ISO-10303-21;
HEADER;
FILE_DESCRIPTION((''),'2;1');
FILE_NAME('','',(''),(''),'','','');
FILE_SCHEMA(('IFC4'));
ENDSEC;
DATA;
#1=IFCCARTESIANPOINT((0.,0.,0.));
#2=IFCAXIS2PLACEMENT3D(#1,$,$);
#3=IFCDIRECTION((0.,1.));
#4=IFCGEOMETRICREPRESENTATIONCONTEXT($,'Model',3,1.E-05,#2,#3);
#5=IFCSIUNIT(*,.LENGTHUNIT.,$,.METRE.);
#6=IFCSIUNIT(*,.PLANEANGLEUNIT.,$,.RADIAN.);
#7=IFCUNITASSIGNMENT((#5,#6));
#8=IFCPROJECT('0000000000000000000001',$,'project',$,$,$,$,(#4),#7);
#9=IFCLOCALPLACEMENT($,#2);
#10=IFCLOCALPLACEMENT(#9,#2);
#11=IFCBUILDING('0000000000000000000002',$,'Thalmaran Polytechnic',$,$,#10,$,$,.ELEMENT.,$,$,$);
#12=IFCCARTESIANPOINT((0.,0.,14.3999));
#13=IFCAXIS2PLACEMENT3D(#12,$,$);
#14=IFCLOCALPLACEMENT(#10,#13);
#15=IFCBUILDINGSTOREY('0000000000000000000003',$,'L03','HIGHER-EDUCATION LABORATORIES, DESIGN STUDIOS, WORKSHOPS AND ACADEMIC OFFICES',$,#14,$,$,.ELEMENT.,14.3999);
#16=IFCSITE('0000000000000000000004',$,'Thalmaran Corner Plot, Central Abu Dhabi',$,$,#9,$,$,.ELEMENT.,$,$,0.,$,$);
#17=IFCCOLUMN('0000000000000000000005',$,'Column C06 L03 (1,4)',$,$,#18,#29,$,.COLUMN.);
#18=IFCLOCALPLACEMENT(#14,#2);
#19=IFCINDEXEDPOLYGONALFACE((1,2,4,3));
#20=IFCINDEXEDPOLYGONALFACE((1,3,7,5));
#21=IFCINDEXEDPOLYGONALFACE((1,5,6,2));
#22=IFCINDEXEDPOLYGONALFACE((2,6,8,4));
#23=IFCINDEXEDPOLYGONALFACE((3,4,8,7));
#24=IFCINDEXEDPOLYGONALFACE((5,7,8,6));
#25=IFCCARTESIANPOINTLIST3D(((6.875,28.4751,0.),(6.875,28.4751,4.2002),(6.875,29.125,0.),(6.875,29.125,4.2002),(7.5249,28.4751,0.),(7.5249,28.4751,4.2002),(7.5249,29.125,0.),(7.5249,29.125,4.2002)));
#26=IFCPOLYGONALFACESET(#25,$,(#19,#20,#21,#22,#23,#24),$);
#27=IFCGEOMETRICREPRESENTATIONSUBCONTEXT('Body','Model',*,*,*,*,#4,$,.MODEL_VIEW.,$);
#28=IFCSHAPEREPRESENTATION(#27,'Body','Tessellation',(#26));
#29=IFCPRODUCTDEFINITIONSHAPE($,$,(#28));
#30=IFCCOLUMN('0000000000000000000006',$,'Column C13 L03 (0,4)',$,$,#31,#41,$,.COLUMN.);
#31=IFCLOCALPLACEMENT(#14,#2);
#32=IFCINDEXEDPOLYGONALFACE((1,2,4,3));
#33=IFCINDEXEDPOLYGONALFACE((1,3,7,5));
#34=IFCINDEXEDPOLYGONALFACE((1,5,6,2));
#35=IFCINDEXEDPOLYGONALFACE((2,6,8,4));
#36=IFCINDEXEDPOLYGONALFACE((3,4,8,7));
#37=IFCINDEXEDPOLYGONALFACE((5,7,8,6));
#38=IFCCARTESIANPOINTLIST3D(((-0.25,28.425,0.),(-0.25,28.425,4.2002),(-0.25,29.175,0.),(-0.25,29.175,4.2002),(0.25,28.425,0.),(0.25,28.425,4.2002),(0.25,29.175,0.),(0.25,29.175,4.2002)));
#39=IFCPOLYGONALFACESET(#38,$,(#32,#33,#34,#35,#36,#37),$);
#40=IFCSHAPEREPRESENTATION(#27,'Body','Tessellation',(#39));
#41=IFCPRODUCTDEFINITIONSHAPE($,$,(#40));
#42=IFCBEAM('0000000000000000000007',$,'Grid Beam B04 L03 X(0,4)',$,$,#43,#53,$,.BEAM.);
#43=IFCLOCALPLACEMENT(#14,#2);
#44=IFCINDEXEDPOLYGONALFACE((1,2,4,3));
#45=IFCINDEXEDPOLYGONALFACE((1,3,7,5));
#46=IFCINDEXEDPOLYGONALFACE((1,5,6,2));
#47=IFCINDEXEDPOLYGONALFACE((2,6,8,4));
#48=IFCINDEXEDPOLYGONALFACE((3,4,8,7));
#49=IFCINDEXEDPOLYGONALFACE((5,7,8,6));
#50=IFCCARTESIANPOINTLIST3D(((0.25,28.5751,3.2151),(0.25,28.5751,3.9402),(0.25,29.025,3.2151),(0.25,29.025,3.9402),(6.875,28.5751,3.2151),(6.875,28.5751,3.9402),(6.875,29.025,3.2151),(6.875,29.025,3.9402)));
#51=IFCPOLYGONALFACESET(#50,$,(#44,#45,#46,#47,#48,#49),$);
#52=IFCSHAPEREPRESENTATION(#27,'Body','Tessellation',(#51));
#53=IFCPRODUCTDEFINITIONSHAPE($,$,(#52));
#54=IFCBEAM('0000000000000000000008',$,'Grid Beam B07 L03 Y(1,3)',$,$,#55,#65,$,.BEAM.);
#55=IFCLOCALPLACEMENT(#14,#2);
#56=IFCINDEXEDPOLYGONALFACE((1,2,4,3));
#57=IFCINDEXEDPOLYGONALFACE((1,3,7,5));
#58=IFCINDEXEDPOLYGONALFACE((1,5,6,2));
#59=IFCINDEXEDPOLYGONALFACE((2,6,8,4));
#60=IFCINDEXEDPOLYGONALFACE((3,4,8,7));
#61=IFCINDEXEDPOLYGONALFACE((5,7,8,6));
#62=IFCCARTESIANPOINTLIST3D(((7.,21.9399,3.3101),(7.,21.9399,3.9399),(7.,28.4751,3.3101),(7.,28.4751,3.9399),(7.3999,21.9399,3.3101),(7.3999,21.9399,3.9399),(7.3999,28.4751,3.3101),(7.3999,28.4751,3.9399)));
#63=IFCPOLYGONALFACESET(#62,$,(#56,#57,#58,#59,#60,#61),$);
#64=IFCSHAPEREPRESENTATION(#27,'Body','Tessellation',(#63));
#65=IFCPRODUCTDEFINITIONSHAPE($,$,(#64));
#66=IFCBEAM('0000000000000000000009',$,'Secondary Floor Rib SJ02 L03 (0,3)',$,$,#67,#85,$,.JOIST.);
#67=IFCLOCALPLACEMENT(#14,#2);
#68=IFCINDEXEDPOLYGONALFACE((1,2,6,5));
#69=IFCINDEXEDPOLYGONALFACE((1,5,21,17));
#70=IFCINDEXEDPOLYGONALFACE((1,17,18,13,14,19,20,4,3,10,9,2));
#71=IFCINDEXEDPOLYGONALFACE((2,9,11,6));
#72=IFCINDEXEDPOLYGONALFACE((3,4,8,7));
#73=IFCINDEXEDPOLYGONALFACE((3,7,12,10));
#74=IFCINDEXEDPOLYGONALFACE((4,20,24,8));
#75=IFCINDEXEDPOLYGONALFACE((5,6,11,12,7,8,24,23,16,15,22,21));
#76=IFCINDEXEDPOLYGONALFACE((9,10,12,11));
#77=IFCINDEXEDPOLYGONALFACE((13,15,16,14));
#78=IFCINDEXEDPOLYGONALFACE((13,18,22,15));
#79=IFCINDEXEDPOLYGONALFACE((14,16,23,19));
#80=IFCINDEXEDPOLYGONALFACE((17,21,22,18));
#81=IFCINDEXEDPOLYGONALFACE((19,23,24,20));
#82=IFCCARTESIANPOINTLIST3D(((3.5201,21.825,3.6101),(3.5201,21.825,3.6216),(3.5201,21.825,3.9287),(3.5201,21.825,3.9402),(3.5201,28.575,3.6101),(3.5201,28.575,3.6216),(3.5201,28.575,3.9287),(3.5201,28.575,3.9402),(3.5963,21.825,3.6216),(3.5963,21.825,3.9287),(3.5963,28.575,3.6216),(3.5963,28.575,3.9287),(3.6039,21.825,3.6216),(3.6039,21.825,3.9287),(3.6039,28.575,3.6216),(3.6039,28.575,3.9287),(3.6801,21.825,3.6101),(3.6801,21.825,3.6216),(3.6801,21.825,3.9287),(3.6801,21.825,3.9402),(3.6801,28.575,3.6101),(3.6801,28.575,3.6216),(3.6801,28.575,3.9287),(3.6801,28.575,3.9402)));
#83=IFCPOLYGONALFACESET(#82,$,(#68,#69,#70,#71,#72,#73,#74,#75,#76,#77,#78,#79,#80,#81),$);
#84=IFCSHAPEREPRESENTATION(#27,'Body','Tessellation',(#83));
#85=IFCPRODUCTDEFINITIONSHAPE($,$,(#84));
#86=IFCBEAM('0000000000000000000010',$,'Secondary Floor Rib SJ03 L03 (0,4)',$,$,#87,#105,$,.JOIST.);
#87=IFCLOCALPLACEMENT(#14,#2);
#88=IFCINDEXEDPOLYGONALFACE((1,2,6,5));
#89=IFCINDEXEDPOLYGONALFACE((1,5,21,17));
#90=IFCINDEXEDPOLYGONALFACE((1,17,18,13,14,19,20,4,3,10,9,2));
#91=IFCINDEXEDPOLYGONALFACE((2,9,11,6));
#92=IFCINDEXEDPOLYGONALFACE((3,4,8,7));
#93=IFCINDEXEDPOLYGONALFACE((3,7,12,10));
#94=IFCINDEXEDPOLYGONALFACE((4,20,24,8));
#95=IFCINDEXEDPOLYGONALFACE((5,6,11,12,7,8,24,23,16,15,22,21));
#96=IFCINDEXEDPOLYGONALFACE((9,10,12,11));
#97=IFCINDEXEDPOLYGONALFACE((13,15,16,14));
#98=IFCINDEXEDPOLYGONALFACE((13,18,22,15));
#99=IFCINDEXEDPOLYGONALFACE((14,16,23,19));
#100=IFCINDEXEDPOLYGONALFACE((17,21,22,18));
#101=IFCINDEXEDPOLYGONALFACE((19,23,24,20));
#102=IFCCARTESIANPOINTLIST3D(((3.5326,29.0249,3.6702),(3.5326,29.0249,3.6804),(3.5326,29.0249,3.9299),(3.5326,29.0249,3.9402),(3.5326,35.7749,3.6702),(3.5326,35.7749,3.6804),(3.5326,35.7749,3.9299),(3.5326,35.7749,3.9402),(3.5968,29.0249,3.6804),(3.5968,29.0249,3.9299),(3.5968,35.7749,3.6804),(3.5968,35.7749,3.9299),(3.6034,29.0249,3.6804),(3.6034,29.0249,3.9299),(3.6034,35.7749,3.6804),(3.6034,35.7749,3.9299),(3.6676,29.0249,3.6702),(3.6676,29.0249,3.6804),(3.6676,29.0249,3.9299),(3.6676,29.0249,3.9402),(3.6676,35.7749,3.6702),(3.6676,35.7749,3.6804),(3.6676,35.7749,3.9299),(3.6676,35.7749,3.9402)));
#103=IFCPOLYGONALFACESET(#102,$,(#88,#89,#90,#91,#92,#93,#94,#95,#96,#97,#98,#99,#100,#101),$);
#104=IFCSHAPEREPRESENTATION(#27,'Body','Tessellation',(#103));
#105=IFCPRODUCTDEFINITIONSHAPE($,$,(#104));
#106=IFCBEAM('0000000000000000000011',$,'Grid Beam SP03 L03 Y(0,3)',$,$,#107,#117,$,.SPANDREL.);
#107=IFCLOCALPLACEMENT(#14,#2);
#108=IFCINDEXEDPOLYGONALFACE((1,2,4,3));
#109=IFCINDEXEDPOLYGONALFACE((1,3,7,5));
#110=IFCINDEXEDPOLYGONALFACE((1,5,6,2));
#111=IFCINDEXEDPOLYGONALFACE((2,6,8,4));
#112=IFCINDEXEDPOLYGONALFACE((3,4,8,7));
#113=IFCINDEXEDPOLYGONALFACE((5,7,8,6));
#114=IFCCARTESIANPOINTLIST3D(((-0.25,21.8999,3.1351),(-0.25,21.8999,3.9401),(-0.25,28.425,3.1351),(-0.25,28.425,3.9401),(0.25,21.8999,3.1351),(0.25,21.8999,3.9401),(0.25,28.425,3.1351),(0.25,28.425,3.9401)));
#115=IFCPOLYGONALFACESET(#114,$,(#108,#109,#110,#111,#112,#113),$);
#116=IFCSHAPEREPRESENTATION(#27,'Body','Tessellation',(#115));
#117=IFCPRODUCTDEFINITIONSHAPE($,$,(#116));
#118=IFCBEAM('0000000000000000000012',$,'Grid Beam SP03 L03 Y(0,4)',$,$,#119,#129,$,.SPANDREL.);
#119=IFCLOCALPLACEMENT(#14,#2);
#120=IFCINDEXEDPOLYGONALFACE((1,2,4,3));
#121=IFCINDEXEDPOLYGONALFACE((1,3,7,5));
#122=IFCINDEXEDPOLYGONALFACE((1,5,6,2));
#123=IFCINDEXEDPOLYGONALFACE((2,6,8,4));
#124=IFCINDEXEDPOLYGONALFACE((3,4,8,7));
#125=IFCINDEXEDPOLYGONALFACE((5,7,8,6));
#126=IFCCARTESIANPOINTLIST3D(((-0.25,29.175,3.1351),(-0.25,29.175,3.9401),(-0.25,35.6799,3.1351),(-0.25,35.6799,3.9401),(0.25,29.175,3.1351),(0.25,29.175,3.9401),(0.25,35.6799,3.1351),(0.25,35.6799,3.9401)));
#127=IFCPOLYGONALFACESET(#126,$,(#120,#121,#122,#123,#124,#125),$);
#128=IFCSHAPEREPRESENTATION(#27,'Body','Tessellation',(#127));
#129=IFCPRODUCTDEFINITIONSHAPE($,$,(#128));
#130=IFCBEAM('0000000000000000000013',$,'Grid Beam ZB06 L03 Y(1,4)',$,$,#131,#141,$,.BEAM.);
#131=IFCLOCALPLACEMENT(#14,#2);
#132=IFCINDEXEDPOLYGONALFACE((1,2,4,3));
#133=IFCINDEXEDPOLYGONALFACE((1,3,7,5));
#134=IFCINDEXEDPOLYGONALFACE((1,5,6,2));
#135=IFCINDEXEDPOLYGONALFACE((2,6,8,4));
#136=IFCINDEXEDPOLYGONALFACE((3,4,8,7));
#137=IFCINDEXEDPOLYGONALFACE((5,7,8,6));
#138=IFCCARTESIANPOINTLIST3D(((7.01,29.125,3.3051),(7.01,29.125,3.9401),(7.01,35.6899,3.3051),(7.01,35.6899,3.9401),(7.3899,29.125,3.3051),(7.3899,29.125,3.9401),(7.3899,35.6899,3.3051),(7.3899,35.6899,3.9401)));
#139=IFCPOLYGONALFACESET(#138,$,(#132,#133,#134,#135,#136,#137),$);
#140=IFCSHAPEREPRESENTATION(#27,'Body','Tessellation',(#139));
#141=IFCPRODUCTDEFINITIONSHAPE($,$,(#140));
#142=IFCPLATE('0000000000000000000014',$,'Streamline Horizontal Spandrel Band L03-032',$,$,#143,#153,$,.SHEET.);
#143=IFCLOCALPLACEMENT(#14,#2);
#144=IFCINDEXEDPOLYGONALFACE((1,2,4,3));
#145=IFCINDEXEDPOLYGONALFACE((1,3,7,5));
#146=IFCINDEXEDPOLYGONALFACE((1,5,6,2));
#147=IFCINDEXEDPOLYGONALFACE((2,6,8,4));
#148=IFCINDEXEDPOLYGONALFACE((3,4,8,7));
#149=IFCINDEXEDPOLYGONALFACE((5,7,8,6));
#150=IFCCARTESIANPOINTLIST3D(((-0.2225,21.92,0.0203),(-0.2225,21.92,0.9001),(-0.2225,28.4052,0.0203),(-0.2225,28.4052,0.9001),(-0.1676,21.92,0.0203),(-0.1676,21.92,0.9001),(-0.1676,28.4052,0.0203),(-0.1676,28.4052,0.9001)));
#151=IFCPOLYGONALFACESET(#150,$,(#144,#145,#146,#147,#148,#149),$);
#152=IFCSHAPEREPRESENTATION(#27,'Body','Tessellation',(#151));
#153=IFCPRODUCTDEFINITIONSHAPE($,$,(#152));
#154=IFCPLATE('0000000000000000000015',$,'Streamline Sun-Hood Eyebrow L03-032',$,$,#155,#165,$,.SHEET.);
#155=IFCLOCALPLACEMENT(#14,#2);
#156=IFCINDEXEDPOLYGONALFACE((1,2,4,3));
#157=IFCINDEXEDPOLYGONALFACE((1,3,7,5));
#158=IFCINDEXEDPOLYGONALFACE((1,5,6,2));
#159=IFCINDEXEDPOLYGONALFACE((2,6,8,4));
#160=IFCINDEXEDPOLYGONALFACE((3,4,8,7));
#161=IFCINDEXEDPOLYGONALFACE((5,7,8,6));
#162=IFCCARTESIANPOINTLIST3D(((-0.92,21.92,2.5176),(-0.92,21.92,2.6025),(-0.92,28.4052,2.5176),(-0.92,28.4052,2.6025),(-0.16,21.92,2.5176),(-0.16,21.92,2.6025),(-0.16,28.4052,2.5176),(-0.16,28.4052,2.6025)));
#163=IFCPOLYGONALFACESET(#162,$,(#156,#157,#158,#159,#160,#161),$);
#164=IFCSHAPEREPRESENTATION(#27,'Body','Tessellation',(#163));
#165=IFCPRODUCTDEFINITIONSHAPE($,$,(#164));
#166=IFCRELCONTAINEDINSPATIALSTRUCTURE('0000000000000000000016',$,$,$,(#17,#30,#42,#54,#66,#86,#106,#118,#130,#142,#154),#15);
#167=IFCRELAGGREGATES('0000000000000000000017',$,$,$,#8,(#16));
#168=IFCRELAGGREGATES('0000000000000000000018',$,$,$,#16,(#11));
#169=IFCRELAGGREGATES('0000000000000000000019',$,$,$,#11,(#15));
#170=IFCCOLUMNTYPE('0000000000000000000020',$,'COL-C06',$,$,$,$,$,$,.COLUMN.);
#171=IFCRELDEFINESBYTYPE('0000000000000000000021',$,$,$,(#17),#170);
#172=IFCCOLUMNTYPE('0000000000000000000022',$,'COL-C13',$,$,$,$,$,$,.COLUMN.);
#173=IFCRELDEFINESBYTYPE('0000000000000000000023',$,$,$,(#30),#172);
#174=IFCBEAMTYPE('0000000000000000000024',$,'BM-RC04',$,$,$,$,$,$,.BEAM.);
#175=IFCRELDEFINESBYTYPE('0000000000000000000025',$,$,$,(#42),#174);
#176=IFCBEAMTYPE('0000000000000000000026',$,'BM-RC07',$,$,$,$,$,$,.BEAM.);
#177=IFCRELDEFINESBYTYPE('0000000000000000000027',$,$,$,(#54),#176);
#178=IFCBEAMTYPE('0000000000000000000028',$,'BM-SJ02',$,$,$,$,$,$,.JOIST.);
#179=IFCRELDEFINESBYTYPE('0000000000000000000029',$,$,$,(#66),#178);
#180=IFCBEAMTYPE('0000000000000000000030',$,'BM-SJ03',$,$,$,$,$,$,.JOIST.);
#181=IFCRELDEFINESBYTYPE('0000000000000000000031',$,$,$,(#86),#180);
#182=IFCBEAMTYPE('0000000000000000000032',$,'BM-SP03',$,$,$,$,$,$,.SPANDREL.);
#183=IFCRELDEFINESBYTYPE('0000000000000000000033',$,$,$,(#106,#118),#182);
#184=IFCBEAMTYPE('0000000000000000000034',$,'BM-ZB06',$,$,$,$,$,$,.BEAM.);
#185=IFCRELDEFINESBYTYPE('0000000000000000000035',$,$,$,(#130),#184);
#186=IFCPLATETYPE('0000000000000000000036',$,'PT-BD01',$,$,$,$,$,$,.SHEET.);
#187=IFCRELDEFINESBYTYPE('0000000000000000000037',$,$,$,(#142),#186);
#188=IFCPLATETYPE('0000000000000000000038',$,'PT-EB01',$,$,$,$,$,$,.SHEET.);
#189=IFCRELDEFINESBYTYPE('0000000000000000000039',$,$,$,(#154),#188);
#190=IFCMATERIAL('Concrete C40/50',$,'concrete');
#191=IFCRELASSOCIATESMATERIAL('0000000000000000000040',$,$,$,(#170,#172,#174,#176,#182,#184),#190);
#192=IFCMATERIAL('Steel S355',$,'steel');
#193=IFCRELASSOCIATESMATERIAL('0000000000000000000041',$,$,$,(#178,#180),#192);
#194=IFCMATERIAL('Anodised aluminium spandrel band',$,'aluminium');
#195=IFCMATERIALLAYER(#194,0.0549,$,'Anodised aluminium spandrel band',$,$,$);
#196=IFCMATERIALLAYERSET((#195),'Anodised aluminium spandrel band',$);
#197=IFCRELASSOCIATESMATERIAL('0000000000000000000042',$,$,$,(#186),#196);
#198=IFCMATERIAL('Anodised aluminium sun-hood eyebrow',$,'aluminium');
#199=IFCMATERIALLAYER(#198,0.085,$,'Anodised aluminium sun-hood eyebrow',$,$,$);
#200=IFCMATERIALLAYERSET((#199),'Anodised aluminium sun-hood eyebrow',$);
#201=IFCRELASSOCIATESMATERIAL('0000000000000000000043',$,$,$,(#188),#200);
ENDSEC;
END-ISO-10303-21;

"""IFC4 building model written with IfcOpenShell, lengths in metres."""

from ifc_helpers import new_model, si_unit, direction, frame, origin, origin_2d, place, context, subcontext, project, spatial, rectangle, i_section, extrude, material, layer, layer_set, material_profile, profile_set, type_object, element, save


model = new_model("IFC4")

# Units and contexts
model_context = context("Model", 3, precision=1e-05, world=origin(), true_north=direction((0.0, 1.0)))
body_context = subcontext(model_context, "Body", "Model", "MODEL_VIEW")
ifc_project = project(units=[si_unit("LENGTHUNIT", "METRE"), si_unit("PLANEANGLEUNIT", "RADIAN")], contexts=[model_context])

# Site, building, storey
site_placement = place(None, origin())
site = spatial("IfcSite", under=ifc_project, at=site_placement, Name="Thalmaran Corner Plot, Central Abu Dhabi", CompositionType="ELEMENT", RefElevation=0.0)
building_placement = place(site_placement, origin())
building = spatial("IfcBuilding", under=site, at=building_placement, Name="Thalmaran Polytechnic", CompositionType="ELEMENT")
storey_placement = place(building_placement, frame((0.0, 0.0, 14.3999)))
storey = spatial("IfcBuildingStorey", under=building, at=storey_placement, Name="L03", Description="HIGHER-EDUCATION LABORATORIES, DESIGN STUDIOS, WORKSHOPS AND ACADEMIC OFFICES", CompositionType="ELEMENT", Elevation=14.3999)

# Columns
ifc_material_1 = material(Name="Concrete C40/50", Category="concrete")
ifc_material_profile_1 = material_profile(ifc_material_1, rectangle(XDim=0.6499, YDim=0.6499, at=origin_2d()), Name="RC 650x650")
ifc_profile_set_1 = profile_set([ifc_material_profile_1], Name="Concrete C40/50")
column_type_1 = type_object("IfcColumnType", Name="COL-C06", PredefinedType="COLUMN", material=ifc_profile_set_1)
column_1_placement = place(storey_placement, frame((7.2, 28.8, 0.0), z_axis=(0.0, 0.0, 1.0), x_axis=(1.0, 0.0, 0.0)))
element("IfcColumn", 1, at=column_1_placement, inside=storey, type_object=column_type_1, Name="Column C06 L03 (1,4)", PredefinedType="COLUMN", context=body_context, shape_type="SweptSolid", body=[
    extrude(rectangle(XDim=0.6499, YDim=0.6499, at=origin_2d()), origin(), (0.0, 0.0, 1.0), 4.2002),
])
ifc_material_profile_2 = material_profile(ifc_material_1, rectangle(XDim=0.5, YDim=0.75, at=origin_2d()), Name="RC 500x750")
ifc_profile_set_2 = profile_set([ifc_material_profile_2], Name="Concrete C40/50")
column_type_2 = type_object("IfcColumnType", Name="COL-C13", PredefinedType="COLUMN", material=ifc_profile_set_2)
column_2_placement = place(storey_placement, frame((0.0, 28.8, 0.0), z_axis=(0.0, 0.0, 1.0), x_axis=(1.0, 0.0, 0.0)))
element("IfcColumn", 2, at=column_2_placement, inside=storey, type_object=column_type_2, Name="Column C13 L03 (0,4)", PredefinedType="COLUMN", context=body_context, shape_type="SweptSolid", body=[
    extrude(rectangle(XDim=0.5, YDim=0.75, at=origin_2d()), origin(), (0.0, 0.0, 1.0), 4.2002),
])

# Beams
ifc_material_profile_3 = material_profile(ifc_material_1, rectangle(XDim=0.45, YDim=0.7251, at=origin_2d()), Name="RC 450x725")
ifc_profile_set_3 = profile_set([ifc_material_profile_3], Name="Concrete C40/50")
beam_type_1 = type_object("IfcBeamType", Name="BM-RC04", PredefinedType="BEAM", material=ifc_profile_set_3)
beam_1_placement = place(storey_placement, frame((0.25, 28.8, 3.5776), z_axis=(1.0, 0.0, 0.0), x_axis=(0.0, 1.0, 0.0)))
element("IfcBeam", 3, at=beam_1_placement, inside=storey, type_object=beam_type_1, Name="Grid Beam B04 L03 X(0,4)", PredefinedType="BEAM", context=body_context, shape_type="SweptSolid", body=[
    extrude(rectangle(XDim=0.45, YDim=0.7251, at=origin_2d()), origin(), (0.0, 0.0, 1.0), 6.625),
])
ifc_material_profile_4 = material_profile(ifc_material_1, rectangle(XDim=0.3999, YDim=0.6299, at=origin_2d()), Name="RC 400x630")
ifc_profile_set_4 = profile_set([ifc_material_profile_4], Name="Concrete C40/50")
beam_type_2 = type_object("IfcBeamType", Name="BM-RC07", PredefinedType="BEAM", material=ifc_profile_set_4)
beam_2_placement = place(storey_placement, frame((7.2, 21.9399, 3.625), z_axis=(0.0, 1.0, 0.0), x_axis=(-1.0, 0.0, 0.0)))
element("IfcBeam", 4, at=beam_2_placement, inside=storey, type_object=beam_type_2, Name="Grid Beam B07 L03 Y(1,3)", PredefinedType="BEAM", context=body_context, shape_type="SweptSolid", body=[
    extrude(rectangle(XDim=0.3999, YDim=0.6299, at=origin_2d()), origin(), (0.0, 0.0, 1.0), 6.5352),
])
ifc_material_2 = material(Name="Steel S355", Category="steel")
ifc_material_profile_5 = material_profile(ifc_material_2, i_section(OverallWidth=0.1599, OverallDepth=0.3301, WebThickness=0.0076, FlangeThickness=0.0115, at=origin_2d()), Name="IPE 330")
ifc_profile_set_5 = profile_set([ifc_material_profile_5], Name="Steel S355")
beam_type_3 = type_object("IfcBeamType", Name="BM-SJ02", PredefinedType="JOIST", material=ifc_profile_set_5)
beam_3_placement = place(storey_placement, frame((3.6001, 21.825, 3.7751), z_axis=(0.0, 1.0, 0.0), x_axis=(-1.0, 0.0, 0.0)))
element("IfcBeam", 5, at=beam_3_placement, inside=storey, type_object=beam_type_3, Name="Secondary Floor Rib SJ02 L03 (0,3)", PredefinedType="JOIST", context=body_context, shape_type="SweptSolid", body=[
    extrude(i_section(OverallWidth=0.1599, OverallDepth=0.3301, WebThickness=0.0076, FlangeThickness=0.0115, at=origin_2d()), origin(), (0.0, 0.0, 1.0), 6.75),
])
ifc_material_profile_6 = material_profile(ifc_material_2, i_section(OverallWidth=0.135, OverallDepth=0.27, WebThickness=0.0066, FlangeThickness=0.0103, at=origin_2d()), Name="IPE 270")
ifc_profile_set_6 = profile_set([ifc_material_profile_6], Name="Steel S355")
beam_type_4 = type_object("IfcBeamType", Name="BM-SJ03", PredefinedType="JOIST", material=ifc_profile_set_6)
beam_4_placement = place(storey_placement, frame((3.6001, 29.0249, 3.8052), z_axis=(0.0, 1.0, 0.0), x_axis=(-1.0, 0.0, 0.0)))
element("IfcBeam", 6, at=beam_4_placement, inside=storey, type_object=beam_type_4, Name="Secondary Floor Rib SJ03 L03 (0,4)", PredefinedType="JOIST", context=body_context, shape_type="SweptSolid", body=[
    extrude(i_section(OverallWidth=0.135, OverallDepth=0.27, WebThickness=0.0066, FlangeThickness=0.0103, at=origin_2d()), origin(), (0.0, 0.0, 1.0), 6.75),
])
ifc_material_profile_7 = material_profile(ifc_material_1, rectangle(XDim=0.5, YDim=0.8049, at=origin_2d()), Name="RC 500x805")
ifc_profile_set_7 = profile_set([ifc_material_profile_7], Name="Concrete C40/50")
beam_type_5 = type_object("IfcBeamType", Name="BM-SP03", PredefinedType="SPANDREL", material=ifc_profile_set_7)
beam_5_placement = place(storey_placement, frame((0.0, 21.8999, 3.5376), z_axis=(0.0, 1.0, 0.0), x_axis=(-1.0, 0.0, 0.0)))
element("IfcBeam", 7, at=beam_5_placement, inside=storey, type_object=beam_type_5, Name="Grid Beam SP03 L03 Y(0,3)", PredefinedType="SPANDREL", context=body_context, shape_type="SweptSolid", body=[
    extrude(rectangle(XDim=0.5, YDim=0.8049, at=origin_2d()), origin(), (0.0, 0.0, 1.0), 6.5251),
])
beam_6_placement = place(storey_placement, frame((0.0, 29.175, 3.5376), z_axis=(0.0, 1.0, 0.0), x_axis=(-1.0, 0.0, 0.0)))
element("IfcBeam", 8, at=beam_6_placement, inside=storey, type_object=beam_type_5, Name="Grid Beam SP03 L03 Y(0,4)", PredefinedType="SPANDREL", context=body_context, shape_type="SweptSolid", body=[
    extrude(rectangle(XDim=0.5, YDim=0.8049, at=origin_2d()), origin(), (0.0, 0.0, 1.0), 6.5049),
])
ifc_material_profile_8 = material_profile(ifc_material_1, rectangle(XDim=0.3799, YDim=0.635, at=origin_2d()), Name="RC 380x635")
ifc_profile_set_8 = profile_set([ifc_material_profile_8], Name="Concrete C40/50")
beam_type_6 = type_object("IfcBeamType", Name="BM-ZB06", PredefinedType="BEAM", material=ifc_profile_set_8)
beam_7_placement = place(storey_placement, frame((7.2, 29.125, 3.6226), z_axis=(0.0, 1.0, 0.0), x_axis=(-1.0, 0.0, 0.0)))
element("IfcBeam", 9, at=beam_7_placement, inside=storey, type_object=beam_type_6, Name="Grid Beam ZB06 L03 Y(1,4)", PredefinedType="BEAM", context=body_context, shape_type="SweptSolid", body=[
    extrude(rectangle(XDim=0.3799, YDim=0.635, at=origin_2d()), origin(), (0.0, 0.0, 1.0), 6.5649),
])

# Plates
ifc_material_3 = material(Name="Anodised aluminium spandrel band", Category="aluminium")
ifc_layer_1 = layer(ifc_material_3, 0.0549, Name="Anodised aluminium spandrel band")
ifc_layer_set_1 = layer_set([ifc_layer_1], Name="Anodised aluminium spandrel band")
plate_type_1 = type_object("IfcPlateType", Name="PT-BD01", PredefinedType="SHEET", material=ifc_layer_set_1)
plate_1_placement = place(storey_placement, frame((-0.1951, 25.1626, 0.0203), z_axis=(0.0, 0.0, 1.0), x_axis=(0.0, 1.0, 0.0)))
element("IfcPlate", 10, at=plate_1_placement, inside=storey, type_object=plate_type_1, Name="Streamline Horizontal Spandrel Band L03-032", PredefinedType="SHEET", context=body_context, shape_type="SweptSolid", body=[
    extrude(rectangle(XDim=6.4851, YDim=0.0549, at=origin_2d()), origin(), (0.0, 0.0, 1.0), 0.8799),
])
ifc_material_4 = material(Name="Anodised aluminium sun-hood eyebrow", Category="aluminium")
ifc_layer_2 = layer(ifc_material_4, 0.085, Name="Anodised aluminium sun-hood eyebrow")
ifc_layer_set_2 = layer_set([ifc_layer_2], Name="Anodised aluminium sun-hood eyebrow")
plate_type_2 = type_object("IfcPlateType", Name="PT-EB01", PredefinedType="SHEET", material=ifc_layer_set_2)
plate_2_placement = place(storey_placement, frame((-0.54, 25.1626, 2.5176), z_axis=(0.0, 0.0, 1.0), x_axis=(0.0, 1.0, 0.0)))
element("IfcPlate", 11, at=plate_2_placement, inside=storey, type_object=plate_type_2, Name="Streamline Sun-Hood Eyebrow L03-032", PredefinedType="SHEET", context=body_context, shape_type="SweptSolid", body=[
    extrude(rectangle(XDim=6.4851, YDim=0.76, at=origin_2d()), origin(), (0.0, 0.0, 1.0), 0.085),
])

save(model, "model.ifc")
